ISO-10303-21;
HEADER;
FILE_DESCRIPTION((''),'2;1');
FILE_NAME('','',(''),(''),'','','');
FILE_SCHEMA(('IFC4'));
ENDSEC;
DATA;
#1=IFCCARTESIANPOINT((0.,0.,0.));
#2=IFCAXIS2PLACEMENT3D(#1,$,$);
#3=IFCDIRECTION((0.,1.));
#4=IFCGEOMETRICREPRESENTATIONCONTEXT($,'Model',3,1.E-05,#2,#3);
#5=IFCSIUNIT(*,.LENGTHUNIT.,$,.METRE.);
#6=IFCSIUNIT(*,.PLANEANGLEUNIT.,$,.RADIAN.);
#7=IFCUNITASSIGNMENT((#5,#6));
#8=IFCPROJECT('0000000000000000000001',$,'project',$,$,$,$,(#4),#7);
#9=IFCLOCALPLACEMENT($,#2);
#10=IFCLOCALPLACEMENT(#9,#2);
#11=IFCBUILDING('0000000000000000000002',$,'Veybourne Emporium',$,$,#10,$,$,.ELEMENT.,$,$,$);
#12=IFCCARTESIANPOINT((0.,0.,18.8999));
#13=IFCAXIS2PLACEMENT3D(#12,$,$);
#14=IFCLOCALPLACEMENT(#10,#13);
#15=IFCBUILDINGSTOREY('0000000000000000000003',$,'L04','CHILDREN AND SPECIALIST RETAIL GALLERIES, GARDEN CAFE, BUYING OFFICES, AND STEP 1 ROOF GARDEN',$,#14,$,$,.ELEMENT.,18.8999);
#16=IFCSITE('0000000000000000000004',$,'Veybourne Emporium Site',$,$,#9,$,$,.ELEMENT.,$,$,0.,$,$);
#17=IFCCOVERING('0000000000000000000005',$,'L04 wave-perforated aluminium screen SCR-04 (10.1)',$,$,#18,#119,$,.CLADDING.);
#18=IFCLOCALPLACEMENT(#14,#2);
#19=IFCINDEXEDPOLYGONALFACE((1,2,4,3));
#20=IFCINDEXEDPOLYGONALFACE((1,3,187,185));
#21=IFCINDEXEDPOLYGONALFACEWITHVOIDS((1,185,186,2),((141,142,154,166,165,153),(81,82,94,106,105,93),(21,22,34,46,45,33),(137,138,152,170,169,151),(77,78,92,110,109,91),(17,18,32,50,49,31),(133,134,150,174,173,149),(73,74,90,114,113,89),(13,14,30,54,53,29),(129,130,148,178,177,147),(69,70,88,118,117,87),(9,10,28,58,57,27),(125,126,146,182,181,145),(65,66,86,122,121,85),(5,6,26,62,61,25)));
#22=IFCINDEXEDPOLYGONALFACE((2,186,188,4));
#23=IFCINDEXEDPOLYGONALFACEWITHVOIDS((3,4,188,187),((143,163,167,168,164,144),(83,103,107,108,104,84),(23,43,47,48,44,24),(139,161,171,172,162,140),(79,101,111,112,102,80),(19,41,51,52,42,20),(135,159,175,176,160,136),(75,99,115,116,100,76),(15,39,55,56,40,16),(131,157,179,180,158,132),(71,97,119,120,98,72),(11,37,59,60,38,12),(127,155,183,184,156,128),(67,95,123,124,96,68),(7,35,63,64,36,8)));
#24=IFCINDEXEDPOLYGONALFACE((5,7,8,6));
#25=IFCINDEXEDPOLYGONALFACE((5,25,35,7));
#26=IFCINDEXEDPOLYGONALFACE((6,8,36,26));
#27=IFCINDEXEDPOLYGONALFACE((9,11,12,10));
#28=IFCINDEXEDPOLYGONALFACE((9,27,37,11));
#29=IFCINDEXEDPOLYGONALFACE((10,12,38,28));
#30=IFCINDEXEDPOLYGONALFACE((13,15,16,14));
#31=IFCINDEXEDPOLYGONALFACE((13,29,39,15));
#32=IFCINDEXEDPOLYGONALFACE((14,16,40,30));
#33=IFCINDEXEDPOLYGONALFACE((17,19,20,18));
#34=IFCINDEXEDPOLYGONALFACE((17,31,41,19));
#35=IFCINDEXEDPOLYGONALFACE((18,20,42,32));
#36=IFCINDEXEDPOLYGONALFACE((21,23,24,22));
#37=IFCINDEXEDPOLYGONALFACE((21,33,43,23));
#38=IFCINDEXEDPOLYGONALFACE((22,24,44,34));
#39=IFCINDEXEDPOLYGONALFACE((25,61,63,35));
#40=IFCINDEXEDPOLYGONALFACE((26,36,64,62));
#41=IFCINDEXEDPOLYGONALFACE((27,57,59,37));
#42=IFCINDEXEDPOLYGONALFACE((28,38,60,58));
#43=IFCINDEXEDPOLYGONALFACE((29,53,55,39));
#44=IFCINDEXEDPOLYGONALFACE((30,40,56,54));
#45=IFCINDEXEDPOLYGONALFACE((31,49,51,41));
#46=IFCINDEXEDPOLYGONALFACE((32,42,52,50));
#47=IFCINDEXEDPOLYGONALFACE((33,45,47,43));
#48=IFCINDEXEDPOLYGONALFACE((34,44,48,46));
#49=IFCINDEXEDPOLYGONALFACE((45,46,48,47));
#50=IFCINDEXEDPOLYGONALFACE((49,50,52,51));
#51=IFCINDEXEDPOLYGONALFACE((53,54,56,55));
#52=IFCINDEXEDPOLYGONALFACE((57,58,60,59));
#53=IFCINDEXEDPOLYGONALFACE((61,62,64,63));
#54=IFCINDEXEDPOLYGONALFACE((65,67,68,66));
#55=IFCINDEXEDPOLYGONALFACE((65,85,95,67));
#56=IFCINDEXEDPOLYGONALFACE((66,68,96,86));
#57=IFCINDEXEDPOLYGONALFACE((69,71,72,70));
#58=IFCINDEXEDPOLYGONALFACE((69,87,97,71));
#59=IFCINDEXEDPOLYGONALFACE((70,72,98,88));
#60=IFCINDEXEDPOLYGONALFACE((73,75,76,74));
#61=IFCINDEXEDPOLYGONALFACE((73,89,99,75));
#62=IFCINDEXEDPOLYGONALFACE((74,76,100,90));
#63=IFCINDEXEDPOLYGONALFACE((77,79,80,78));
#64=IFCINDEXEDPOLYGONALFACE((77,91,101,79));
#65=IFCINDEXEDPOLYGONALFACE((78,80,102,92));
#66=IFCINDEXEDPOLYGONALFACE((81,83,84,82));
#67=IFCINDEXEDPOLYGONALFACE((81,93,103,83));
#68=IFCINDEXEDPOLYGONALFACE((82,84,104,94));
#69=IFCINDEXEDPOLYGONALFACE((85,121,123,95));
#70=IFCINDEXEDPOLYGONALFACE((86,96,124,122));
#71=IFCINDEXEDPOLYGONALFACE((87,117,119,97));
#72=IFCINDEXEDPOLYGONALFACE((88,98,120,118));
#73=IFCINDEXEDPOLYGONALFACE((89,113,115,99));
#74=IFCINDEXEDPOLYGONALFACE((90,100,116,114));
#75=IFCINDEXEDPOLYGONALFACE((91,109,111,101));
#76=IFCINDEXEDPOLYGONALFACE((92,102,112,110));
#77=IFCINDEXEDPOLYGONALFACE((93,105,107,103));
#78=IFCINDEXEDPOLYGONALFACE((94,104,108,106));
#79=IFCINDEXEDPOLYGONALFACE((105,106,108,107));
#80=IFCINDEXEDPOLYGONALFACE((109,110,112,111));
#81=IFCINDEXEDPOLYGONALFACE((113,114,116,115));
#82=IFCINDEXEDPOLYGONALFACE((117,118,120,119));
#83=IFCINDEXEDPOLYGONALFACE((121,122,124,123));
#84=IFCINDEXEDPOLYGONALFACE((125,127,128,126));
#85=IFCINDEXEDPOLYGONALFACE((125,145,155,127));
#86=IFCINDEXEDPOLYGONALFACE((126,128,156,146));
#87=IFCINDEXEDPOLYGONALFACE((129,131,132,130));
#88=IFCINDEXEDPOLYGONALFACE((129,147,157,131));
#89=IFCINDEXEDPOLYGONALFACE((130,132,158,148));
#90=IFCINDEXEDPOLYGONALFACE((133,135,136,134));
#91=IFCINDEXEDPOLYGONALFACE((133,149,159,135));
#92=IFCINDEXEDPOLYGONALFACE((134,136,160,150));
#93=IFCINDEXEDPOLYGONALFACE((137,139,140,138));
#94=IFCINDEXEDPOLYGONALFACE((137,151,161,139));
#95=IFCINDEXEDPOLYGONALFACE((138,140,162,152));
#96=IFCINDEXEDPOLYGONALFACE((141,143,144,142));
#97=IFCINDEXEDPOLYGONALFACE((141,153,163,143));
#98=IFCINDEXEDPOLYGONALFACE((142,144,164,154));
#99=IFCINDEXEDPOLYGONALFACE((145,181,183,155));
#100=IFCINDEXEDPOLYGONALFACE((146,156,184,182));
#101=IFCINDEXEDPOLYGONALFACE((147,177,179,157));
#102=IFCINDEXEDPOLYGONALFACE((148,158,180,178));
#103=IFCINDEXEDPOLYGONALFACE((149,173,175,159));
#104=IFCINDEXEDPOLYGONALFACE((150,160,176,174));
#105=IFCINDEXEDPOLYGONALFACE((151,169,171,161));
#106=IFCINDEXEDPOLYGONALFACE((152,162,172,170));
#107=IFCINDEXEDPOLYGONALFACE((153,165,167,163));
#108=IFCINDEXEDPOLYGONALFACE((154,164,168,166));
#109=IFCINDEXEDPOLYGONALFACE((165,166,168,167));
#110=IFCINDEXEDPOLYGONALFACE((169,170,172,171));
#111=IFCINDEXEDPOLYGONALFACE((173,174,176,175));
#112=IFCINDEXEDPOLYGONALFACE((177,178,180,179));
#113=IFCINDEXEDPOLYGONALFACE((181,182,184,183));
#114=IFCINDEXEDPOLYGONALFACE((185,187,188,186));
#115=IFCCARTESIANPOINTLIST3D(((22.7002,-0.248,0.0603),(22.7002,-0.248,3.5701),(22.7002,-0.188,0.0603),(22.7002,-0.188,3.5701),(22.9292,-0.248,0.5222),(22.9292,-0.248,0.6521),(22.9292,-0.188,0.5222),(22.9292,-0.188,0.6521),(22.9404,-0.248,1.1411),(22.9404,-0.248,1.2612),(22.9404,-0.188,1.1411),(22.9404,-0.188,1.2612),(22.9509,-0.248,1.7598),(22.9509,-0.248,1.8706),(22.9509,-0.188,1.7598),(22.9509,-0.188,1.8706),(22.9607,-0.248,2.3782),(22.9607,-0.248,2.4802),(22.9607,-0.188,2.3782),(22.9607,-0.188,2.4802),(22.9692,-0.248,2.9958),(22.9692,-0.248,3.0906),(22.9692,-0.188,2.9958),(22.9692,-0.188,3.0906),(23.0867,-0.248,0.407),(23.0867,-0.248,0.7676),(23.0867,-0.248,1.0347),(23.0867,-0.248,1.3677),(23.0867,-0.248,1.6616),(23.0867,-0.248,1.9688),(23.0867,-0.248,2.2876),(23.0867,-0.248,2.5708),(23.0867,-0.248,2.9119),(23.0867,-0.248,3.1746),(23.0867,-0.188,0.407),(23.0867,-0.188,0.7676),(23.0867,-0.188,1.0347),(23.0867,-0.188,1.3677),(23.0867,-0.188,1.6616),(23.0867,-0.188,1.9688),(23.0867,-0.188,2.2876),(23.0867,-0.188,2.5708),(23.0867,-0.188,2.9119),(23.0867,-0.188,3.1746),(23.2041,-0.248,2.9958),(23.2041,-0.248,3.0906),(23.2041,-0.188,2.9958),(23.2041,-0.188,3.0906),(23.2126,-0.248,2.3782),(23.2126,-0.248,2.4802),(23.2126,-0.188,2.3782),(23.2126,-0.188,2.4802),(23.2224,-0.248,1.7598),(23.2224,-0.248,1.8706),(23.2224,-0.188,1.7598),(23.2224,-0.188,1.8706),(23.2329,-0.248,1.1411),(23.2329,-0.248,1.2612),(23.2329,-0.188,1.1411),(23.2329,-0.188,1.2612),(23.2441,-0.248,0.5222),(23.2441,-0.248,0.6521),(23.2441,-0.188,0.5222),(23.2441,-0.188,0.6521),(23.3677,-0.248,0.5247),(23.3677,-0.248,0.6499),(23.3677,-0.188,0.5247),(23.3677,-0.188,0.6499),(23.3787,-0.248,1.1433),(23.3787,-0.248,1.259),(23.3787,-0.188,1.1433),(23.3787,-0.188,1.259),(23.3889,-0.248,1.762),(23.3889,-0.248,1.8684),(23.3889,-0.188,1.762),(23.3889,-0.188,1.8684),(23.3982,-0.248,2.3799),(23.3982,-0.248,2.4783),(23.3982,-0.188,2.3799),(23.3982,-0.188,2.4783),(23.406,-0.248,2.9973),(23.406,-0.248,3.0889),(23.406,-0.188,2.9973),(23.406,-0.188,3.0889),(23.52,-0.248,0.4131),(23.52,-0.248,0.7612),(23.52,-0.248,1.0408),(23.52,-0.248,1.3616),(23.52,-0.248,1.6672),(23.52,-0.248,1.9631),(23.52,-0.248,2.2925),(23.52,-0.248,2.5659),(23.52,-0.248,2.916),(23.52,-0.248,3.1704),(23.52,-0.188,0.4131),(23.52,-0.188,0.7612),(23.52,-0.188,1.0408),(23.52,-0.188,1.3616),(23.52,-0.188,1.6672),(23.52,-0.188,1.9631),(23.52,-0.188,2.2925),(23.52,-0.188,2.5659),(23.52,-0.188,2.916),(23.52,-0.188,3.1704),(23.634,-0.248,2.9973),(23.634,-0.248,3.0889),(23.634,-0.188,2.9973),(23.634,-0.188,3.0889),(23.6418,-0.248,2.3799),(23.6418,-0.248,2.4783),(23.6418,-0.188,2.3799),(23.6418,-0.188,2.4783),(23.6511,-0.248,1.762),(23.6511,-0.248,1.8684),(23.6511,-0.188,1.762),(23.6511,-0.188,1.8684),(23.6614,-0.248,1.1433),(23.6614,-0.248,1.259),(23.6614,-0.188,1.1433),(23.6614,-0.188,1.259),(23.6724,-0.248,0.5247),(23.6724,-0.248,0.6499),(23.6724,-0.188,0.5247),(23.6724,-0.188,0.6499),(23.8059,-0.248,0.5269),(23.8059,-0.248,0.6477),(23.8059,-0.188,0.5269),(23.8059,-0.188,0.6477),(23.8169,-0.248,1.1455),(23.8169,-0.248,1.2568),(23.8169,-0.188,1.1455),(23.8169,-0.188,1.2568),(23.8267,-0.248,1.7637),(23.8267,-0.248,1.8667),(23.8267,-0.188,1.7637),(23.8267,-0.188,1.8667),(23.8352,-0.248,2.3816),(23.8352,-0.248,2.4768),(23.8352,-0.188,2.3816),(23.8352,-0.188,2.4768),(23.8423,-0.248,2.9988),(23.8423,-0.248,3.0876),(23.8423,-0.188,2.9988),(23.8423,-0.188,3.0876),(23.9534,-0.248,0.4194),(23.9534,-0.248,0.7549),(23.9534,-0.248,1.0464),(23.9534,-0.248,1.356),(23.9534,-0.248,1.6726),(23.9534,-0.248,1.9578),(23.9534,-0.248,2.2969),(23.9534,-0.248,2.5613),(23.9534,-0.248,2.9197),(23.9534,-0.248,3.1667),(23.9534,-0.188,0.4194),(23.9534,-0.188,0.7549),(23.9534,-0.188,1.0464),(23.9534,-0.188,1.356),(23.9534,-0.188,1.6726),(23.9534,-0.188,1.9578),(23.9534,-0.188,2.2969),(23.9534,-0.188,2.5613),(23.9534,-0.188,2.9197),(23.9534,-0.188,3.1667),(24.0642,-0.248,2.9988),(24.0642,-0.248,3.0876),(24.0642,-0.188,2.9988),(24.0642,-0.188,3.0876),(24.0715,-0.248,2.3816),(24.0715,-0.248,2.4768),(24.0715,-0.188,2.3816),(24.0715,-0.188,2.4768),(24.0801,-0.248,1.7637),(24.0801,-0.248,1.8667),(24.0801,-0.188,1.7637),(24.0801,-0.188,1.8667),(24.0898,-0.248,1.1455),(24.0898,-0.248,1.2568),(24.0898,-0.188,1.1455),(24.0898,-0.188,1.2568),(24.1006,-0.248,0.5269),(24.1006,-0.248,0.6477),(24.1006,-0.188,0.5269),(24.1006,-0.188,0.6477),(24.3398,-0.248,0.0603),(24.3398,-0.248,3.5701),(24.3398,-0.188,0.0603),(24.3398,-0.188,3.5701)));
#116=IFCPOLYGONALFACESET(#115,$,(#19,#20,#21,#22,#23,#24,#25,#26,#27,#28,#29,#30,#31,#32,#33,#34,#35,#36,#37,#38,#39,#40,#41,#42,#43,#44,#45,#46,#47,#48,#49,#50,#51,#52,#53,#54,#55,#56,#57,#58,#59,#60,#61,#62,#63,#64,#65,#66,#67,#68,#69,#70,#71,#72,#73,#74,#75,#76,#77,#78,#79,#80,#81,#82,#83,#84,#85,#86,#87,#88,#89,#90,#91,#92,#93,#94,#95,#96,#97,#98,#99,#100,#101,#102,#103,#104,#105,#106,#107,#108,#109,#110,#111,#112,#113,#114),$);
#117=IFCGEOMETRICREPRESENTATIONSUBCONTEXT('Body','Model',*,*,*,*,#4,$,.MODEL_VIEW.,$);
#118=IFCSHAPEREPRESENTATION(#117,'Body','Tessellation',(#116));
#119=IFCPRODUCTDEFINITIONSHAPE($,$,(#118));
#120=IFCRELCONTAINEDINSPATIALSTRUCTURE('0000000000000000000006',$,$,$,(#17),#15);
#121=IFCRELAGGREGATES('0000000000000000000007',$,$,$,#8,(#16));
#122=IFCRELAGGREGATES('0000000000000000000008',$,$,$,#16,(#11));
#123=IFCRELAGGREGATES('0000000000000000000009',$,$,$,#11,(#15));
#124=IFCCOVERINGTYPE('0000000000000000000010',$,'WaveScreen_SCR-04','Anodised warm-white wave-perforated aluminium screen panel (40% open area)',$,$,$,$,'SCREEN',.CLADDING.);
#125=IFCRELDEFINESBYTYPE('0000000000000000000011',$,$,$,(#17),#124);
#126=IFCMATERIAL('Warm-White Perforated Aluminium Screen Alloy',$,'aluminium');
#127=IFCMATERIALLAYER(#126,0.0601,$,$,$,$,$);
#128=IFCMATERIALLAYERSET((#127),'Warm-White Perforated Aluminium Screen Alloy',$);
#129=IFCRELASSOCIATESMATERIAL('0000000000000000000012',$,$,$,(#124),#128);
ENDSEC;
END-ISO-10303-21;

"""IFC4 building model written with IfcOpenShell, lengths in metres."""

from ifc_helpers import new_model, si_unit, direction, frame, origin, place, context, subcontext, project, spatial, polyline, outline, extrude, material, layer, layer_set, type_object, element, save


model = new_model("IFC4")

# Units and contexts
model_context = context("Model", 3, precision=1e-05, world=origin(), true_north=direction((0.0, 1.0)))
body_context = subcontext(model_context, "Body", "Model", "MODEL_VIEW")
ifc_project = project(units=[si_unit("LENGTHUNIT", "METRE"), si_unit("PLANEANGLEUNIT", "RADIAN")], contexts=[model_context])

# Site, building, storey
site_placement = place(None, origin())
site = spatial("IfcSite", under=ifc_project, at=site_placement, Name="Veybourne Emporium Site", CompositionType="ELEMENT", RefElevation=0.0)
building_placement = place(site_placement, origin())
building = spatial("IfcBuilding", under=site, at=building_placement, Name="Veybourne Emporium", CompositionType="ELEMENT")
storey_placement = place(building_placement, frame((0.0, 0.0, 18.8999)))
storey = spatial("IfcBuildingStorey", under=building, at=storey_placement, Name="L04", Description="CHILDREN AND SPECIALIST RETAIL GALLERIES, GARDEN CAFE, BUYING OFFICES, AND STEP 1 ROOF GARDEN", CompositionType="ELEMENT", Elevation=18.8999)

# Covering
ifc_material_1 = material(Name="Warm-White Perforated Aluminium Screen Alloy", Category="aluminium")
ifc_layer_1 = layer(ifc_material_1, 0.0601)
ifc_layer_set_1 = layer_set([ifc_layer_1], Name="Warm-White Perforated Aluminium Screen Alloy")
covering_type_1 = type_object("IfcCoveringType", Name="WaveScreen_SCR-04", Description="Anodised warm-white wave-perforated aluminium screen panel (40% open area)", ElementType="SCREEN", PredefinedType="CLADDING", material=ifc_layer_set_1)
covering_1_placement = place(storey_placement, frame((23.52, -0.248, 1.8152), z_axis=(0.0, 1.0, 0.0), x_axis=(-1.0, 0.0, 0.0)))
element("IfcCovering", 1, at=covering_1_placement, inside=storey, type_object=covering_type_1, Name="L04 wave-perforated aluminium screen SCR-04 (10.1)", PredefinedType="CLADDING", context=body_context, shape_type="SweptSolid", body=[
    extrude(outline(polyline([(-0.8198, -1.7549), (0.8198, -1.7549), (0.8198, 1.7549), (-0.8198, 1.7549), (-0.8198, -1.7549)]), holes=[polyline([(-0.4333, -1.0603), (-0.2859, -1.1675), (-0.2859, -1.2883), (-0.4333, -1.3958), (-0.5806, -1.2883), (-0.5806, -1.1675), (-0.4333, -1.0603)]), polyline([(-0.4333, -0.4592), (-0.2969, -0.5583), (-0.2969, -0.6697), (-0.4333, -0.7688), (-0.5698, -0.6697), (-0.5698, -0.5583), (-0.4333, -0.4592)]), polyline([(-0.4333, 0.1426), (-0.3066, 0.0515), (-0.3066, -0.0515), (-0.4333, -0.1426), (-0.5601, -0.0515), (-0.5601, 0.0515), (-0.4333, 0.1426)]), polyline([(-0.4333, 0.7461), (-0.3152, 0.6616), (-0.3152, 0.5664), (-0.4333, 0.4817), (-0.5515, 0.5664), (-0.5515, 0.6616), (-0.4333, 0.7461)]), polyline([(-0.4333, 1.3516), (-0.3223, 1.2725), (-0.3223, 1.1836), (-0.4333, 1.1045), (-0.5442, 1.1836), (-0.5442, 1.2725), (-0.4333, 1.3516)]), polyline([(0.0, -1.054), (0.1523, -1.1653), (0.1523, -1.2905), (0.0, -1.4021), (-0.1523, -1.2905), (-0.1523, -1.1653), (0.0, -1.054)]), polyline([(0.0, -0.4536), (0.1414, -0.5562), (0.1414, -0.6719), (0.0, -0.7744), (-0.1414, -0.6719), (-0.1414, -0.5562), (0.0, -0.4536)]), polyline([(0.0, 0.1479), (0.1311, 0.0532), (0.1311, -0.0532), (0.0, -0.1479), (-0.1311, -0.0532), (-0.1311, 0.0532), (0.0, 0.1479)]), polyline([(0.0, 0.7507), (0.1218, 0.6631), (0.1218, 0.5647), (0.0, 0.4773), (-0.1218, 0.5647), (-0.1218, 0.6631), (0.0, 0.7507)]), polyline([(0.0, 1.3552), (0.114, 1.2737), (0.114, 1.1821), (0.0, 1.1008), (-0.114, 1.1821), (-0.114, 1.2737), (0.0, 1.3552)]), polyline([(0.4333, -1.0476), (0.5908, -1.1631), (0.5908, -1.293), (0.4333, -1.4082), (0.2759, -1.293), (0.2759, -1.1631), (0.4333, -1.0476)]), polyline([(0.4333, -0.4475), (0.5796, -0.554), (0.5796, -0.6741), (0.4333, -0.7805), (0.2871, -0.6741), (0.2871, -0.554), (0.4333, -0.4475)]), polyline([(0.4333, 0.1536), (0.5691, 0.0554), (0.5691, -0.0554), (0.4333, -0.1536), (0.2976, -0.0554), (0.2976, 0.0554), (0.4333, 0.1536)]), polyline([(0.4333, 0.7556), (0.5593, 0.665), (0.5593, 0.563), (0.4333, 0.4724), (0.3074, 0.563), (0.3074, 0.665), (0.4333, 0.7556)]), polyline([(0.4333, 1.3594), (0.5508, 1.2754), (0.5508, 1.1807), (0.4333, 1.0967), (0.3159, 1.1807), (0.3159, 1.2754), (0.4333, 1.3594)])]), origin(), (0.0, 0.0, 1.0), 0.0601),
])

save(model, "model.ifc")
